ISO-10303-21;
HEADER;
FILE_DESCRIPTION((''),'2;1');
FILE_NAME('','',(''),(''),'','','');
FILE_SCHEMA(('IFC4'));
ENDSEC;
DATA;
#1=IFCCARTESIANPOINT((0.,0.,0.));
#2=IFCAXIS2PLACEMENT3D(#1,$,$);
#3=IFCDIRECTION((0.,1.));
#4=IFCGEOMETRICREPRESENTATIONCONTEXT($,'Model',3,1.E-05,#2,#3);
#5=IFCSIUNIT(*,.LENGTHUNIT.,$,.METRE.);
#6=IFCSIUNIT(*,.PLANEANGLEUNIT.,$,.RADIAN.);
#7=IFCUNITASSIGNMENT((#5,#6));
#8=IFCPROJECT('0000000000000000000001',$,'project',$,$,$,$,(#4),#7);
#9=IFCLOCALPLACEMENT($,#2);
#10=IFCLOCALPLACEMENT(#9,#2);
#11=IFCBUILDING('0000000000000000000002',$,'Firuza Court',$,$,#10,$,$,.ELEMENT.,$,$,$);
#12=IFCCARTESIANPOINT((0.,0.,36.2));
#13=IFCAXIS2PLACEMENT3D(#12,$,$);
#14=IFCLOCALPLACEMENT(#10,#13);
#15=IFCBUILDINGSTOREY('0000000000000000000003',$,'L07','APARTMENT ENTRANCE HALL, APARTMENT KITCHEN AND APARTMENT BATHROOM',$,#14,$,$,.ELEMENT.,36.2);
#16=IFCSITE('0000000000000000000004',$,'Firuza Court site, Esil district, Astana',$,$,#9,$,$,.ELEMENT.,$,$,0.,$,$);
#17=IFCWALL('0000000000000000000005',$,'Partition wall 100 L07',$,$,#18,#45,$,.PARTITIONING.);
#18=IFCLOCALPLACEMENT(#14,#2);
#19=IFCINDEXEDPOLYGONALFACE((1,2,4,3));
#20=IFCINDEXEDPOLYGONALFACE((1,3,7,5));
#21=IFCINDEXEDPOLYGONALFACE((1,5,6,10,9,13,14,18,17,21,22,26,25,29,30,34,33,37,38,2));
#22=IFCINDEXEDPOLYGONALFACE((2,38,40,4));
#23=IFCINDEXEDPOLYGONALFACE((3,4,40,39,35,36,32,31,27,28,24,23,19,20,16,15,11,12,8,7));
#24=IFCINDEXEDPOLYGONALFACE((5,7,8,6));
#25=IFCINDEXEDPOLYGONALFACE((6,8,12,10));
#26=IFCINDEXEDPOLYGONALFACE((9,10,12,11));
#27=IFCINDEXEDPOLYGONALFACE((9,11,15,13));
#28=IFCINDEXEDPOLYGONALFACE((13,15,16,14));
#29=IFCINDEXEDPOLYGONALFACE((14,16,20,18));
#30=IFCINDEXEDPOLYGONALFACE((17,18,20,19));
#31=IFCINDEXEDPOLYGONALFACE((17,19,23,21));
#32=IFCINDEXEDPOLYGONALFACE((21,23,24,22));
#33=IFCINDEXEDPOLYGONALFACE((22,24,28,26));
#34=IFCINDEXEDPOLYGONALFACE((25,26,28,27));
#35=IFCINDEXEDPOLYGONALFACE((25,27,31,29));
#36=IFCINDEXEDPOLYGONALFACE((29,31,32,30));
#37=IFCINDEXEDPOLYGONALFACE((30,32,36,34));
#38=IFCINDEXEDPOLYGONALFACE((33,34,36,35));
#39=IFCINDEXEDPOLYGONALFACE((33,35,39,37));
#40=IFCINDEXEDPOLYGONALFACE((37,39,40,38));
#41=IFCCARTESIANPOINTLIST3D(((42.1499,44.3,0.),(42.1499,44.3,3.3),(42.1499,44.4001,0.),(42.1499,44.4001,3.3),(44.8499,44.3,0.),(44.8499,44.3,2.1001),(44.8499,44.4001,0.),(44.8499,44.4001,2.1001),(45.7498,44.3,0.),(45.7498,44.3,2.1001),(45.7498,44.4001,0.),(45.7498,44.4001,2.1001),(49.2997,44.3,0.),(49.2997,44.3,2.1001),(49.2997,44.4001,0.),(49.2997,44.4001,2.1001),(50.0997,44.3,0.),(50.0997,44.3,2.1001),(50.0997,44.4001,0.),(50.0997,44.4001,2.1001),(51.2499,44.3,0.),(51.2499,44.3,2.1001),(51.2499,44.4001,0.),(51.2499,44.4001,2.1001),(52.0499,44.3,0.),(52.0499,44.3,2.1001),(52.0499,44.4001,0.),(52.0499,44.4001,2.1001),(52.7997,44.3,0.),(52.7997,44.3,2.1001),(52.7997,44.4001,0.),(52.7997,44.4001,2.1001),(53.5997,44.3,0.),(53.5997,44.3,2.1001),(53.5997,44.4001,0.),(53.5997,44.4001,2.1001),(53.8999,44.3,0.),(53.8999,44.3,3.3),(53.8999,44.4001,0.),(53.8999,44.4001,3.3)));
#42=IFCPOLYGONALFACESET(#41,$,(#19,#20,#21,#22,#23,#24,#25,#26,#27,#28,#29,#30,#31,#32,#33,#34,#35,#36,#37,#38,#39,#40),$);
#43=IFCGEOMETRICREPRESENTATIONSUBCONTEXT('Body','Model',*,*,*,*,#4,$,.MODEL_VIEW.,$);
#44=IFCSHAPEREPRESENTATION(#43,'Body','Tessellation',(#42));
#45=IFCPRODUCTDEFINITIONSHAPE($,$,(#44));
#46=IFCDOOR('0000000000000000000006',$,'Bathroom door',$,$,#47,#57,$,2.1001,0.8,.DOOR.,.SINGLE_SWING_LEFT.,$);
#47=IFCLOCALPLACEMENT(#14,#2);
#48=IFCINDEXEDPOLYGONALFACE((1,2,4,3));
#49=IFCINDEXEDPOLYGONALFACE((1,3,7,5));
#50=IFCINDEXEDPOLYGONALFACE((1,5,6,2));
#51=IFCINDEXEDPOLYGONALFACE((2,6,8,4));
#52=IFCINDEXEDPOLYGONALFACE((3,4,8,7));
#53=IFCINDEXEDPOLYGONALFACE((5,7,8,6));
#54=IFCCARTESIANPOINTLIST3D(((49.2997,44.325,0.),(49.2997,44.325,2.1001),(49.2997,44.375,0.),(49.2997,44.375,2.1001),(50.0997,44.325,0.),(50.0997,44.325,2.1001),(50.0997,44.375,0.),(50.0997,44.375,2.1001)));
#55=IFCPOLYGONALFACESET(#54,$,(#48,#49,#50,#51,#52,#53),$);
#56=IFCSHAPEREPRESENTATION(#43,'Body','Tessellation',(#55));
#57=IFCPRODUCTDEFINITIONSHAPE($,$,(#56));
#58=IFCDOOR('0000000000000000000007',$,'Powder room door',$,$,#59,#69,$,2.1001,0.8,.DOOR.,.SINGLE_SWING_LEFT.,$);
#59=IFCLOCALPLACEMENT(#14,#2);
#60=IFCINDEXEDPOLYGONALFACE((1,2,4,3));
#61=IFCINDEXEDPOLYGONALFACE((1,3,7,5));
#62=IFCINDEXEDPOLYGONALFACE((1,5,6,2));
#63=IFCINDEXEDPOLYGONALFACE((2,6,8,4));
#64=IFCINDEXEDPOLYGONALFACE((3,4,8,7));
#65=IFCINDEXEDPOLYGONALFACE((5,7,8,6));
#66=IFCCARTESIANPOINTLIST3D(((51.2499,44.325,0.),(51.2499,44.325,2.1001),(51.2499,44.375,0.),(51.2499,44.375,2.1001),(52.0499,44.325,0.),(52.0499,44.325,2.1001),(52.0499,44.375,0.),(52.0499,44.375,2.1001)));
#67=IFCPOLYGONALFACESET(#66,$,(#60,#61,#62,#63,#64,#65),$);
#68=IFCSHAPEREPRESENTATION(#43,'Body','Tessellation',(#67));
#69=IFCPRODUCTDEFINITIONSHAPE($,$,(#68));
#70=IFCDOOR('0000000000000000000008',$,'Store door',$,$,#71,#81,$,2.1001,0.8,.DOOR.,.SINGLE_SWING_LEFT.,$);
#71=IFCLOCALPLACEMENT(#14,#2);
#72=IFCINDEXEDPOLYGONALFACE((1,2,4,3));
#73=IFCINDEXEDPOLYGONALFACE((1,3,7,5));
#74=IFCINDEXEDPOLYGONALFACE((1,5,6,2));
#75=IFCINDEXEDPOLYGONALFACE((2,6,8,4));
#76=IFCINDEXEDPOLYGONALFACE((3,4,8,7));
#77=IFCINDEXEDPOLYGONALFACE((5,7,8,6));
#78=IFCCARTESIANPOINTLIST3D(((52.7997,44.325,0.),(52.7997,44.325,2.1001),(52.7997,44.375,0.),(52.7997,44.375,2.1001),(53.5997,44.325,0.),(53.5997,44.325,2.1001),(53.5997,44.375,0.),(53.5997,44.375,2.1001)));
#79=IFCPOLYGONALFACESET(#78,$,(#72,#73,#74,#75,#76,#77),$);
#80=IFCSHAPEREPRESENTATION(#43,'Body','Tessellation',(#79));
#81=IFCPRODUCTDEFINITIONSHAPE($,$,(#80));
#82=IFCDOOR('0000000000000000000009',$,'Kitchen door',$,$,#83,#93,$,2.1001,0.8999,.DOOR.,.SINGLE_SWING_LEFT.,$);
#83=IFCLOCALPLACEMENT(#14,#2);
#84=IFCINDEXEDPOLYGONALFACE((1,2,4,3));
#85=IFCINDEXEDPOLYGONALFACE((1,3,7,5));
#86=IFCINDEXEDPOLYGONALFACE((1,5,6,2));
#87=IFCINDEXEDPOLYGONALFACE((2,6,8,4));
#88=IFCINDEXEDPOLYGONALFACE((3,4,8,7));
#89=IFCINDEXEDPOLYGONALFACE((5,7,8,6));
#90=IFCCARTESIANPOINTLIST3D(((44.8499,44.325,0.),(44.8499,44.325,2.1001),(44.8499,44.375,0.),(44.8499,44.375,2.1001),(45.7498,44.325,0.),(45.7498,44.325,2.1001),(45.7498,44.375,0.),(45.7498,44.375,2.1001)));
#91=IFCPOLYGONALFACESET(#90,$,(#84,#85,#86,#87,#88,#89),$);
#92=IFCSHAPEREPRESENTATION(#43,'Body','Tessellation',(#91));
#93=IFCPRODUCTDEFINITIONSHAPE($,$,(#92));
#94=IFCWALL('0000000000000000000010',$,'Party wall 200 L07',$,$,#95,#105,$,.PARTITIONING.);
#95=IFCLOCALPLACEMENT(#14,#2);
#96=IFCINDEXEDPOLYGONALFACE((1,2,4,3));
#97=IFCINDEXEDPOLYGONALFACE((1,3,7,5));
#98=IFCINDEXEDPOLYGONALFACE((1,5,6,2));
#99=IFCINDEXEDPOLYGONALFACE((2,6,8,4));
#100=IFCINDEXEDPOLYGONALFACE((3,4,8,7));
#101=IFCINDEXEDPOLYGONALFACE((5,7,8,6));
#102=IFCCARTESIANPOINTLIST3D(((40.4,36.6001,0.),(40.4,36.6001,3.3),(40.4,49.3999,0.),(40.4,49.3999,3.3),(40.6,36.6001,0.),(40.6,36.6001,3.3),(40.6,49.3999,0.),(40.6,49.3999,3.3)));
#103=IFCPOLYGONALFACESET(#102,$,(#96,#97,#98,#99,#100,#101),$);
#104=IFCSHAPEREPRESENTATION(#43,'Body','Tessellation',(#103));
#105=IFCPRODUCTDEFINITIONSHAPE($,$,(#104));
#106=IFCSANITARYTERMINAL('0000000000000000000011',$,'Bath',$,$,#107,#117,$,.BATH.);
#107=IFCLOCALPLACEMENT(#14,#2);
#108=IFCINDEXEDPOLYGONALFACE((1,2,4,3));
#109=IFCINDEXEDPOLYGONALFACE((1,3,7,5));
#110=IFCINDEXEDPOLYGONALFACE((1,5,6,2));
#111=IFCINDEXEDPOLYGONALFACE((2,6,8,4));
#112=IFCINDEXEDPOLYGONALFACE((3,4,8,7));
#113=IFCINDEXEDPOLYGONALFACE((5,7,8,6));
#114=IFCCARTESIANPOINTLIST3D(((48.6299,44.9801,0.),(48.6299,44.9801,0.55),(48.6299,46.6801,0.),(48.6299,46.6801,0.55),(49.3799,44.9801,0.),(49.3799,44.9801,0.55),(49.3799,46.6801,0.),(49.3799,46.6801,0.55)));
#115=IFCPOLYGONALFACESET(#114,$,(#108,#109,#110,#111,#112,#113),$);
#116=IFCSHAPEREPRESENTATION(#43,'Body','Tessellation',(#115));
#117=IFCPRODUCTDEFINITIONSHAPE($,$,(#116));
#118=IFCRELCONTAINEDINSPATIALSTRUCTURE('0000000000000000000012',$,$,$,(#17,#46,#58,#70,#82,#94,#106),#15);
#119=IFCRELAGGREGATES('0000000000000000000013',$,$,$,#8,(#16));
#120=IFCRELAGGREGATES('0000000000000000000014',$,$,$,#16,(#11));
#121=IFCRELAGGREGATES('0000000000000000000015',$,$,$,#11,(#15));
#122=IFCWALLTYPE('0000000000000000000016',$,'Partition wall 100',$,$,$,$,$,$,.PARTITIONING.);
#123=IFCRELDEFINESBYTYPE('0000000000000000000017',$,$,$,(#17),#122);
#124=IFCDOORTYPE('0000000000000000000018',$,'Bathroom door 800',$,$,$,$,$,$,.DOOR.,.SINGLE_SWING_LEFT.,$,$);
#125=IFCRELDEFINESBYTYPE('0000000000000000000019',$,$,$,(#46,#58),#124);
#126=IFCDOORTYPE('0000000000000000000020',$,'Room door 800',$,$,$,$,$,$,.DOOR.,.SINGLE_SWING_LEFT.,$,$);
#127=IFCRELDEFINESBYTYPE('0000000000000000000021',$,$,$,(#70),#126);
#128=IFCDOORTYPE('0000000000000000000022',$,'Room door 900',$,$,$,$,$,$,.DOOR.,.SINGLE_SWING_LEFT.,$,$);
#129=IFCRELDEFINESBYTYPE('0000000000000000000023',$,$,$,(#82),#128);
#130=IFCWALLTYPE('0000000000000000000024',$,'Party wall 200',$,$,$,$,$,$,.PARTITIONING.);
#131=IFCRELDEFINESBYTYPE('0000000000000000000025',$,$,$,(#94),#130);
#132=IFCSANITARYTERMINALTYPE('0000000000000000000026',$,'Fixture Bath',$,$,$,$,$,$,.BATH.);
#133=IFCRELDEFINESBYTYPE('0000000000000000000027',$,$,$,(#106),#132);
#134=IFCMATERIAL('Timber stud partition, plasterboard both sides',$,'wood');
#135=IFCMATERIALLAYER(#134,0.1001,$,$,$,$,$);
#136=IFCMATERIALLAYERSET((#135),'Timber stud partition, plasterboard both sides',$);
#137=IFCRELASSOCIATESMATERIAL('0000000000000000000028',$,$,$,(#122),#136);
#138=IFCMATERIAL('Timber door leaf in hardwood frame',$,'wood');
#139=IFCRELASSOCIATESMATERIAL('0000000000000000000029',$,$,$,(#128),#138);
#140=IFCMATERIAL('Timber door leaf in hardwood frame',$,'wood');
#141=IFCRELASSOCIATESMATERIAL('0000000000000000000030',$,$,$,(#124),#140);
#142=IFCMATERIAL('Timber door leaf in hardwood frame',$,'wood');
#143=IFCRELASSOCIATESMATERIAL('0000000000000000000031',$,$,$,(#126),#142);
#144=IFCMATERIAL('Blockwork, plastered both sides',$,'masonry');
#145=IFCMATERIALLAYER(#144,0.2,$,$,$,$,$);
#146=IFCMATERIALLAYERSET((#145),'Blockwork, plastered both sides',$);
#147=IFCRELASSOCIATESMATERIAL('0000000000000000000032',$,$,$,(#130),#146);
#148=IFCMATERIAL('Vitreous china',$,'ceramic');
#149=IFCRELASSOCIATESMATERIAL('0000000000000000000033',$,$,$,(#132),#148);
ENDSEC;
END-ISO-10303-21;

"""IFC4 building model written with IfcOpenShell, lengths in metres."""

from ifc_helpers import new_model, si_unit, direction, frame, frame_2d, origin, origin_2d, place, context, subcontext, project, spatial, rectangle, extrude, material, layer, layer_set, type_object, element, fill, save


model = new_model("IFC4")

# Units and contexts
model_context = context("Model", 3, precision=1e-05, world=origin(), true_north=direction((0.0, 1.0)))
body_context = subcontext(model_context, "Body", "Model", "MODEL_VIEW")
ifc_project = project(units=[si_unit("LENGTHUNIT", "METRE"), si_unit("PLANEANGLEUNIT", "RADIAN")], contexts=[model_context])

# Site, building, storey
site_placement = place(None, origin())
site = spatial("IfcSite", under=ifc_project, at=site_placement, Name="Firuza Court site, Esil district, Astana", CompositionType="ELEMENT", RefElevation=0.0)
building_placement = place(site_placement, origin())
building = spatial("IfcBuilding", under=site, at=building_placement, Name="Firuza Court", CompositionType="ELEMENT")
storey_placement = place(building_placement, frame((0.0, 0.0, 36.2)))
storey = spatial("IfcBuildingStorey", under=building, at=storey_placement, Name="L07", Description="APARTMENT ENTRANCE HALL, APARTMENT KITCHEN AND APARTMENT BATHROOM", CompositionType="ELEMENT", Elevation=36.2)

# Shared definitions
ifc_material_1 = material(Name="Timber stud partition, plasterboard both sides", Category="wood")
ifc_layer_1 = layer(ifc_material_1, 0.1001)
ifc_layer_set_1 = layer_set([ifc_layer_1], Name="Timber stud partition, plasterboard both sides")
wall_type_1 = type_object("IfcWallType", Name="Partition wall 100", PredefinedType="PARTITIONING", material=ifc_layer_set_1)
ifc_material_2 = material(Name="Timber door leaf in hardwood frame", Category="wood")
door_type_1 = type_object("IfcDoorType", Name="Room door 900", OperationType="SINGLE_SWING_LEFT", PredefinedType="DOOR", material=ifc_material_2)

# Wall, openings, doors
wall_1_placement = place(storey_placement, frame((42.1499, 44.3501, 0.0), z_axis=(0.0, 0.0, 1.0), x_axis=(1.0, 0.0, 0.0)))
wall_1 = element("IfcWall", 1, at=wall_1_placement, inside=storey, type_object=wall_type_1, Name="Partition wall 100 L07", PredefinedType="PARTITIONING", context=body_context, shape_type="SweptSolid", body=[
    extrude(rectangle(XDim=11.75, YDim=0.1001, at=frame_2d((5.875, 0.0))), origin(), (0.0, 0.0, 1.0), 3.3),
])
opening_1_placement = place(wall_1_placement, frame((7.1499, 0.0, 0.0)))
opening_1 = element("IfcOpeningElement", 2, at=opening_1_placement, cuts=wall_1, PredefinedType="OPENING", context=body_context, shape_type="SweptSolid", body=[
    extrude(rectangle(XDim=0.8, YDim=2.1001, at=frame_2d((0.3999, 1.05))), frame((0.0, 0.062, 0.0), z_axis=(0.0, -1.0, 0.0), x_axis=(1.0, 0.0, 0.0)), (0.0, 0.0, 1.0), 0.124),
])
opening_2_placement = place(wall_1_placement, frame((2.7, 0.0, 0.0)))
opening_2 = element("IfcOpeningElement", 3, at=opening_2_placement, cuts=wall_1, PredefinedType="OPENING", context=body_context, shape_type="SweptSolid", body=[
    extrude(rectangle(XDim=0.8999, YDim=2.1001, at=frame_2d((0.45, 1.05))), frame((0.0, 0.062, 0.0), z_axis=(0.0, -1.0, 0.0), x_axis=(1.0, 0.0, 0.0)), (0.0, 0.0, 1.0), 0.124),
])
opening_3_placement = place(wall_1_placement, frame((10.6499, 0.0, 0.0)))
opening_3 = element("IfcOpeningElement", 4, at=opening_3_placement, cuts=wall_1, PredefinedType="OPENING", context=body_context, shape_type="SweptSolid", body=[
    extrude(rectangle(XDim=0.8, YDim=2.1001, at=frame_2d((0.3999, 1.05))), frame((0.0, 0.062, 0.0), z_axis=(0.0, -1.0, 0.0), x_axis=(1.0, 0.0, 0.0)), (0.0, 0.0, 1.0), 0.124),
])
opening_4_placement = place(wall_1_placement, frame((9.1001, 0.0, 0.0)))
opening_4 = element("IfcOpeningElement", 5, at=opening_4_placement, cuts=wall_1, PredefinedType="OPENING", context=body_context, shape_type="SweptSolid", body=[
    extrude(rectangle(XDim=0.8, YDim=2.1001, at=frame_2d((0.3999, 1.05))), frame((0.0, 0.062, 0.0), z_axis=(0.0, -1.0, 0.0), x_axis=(1.0, 0.0, 0.0)), (0.0, 0.0, 1.0), 0.124),
])
ifc_material_3 = material(Name="Timber door leaf in hardwood frame", Category="wood")
door_type_2 = type_object("IfcDoorType", Name="Bathroom door 800", OperationType="SINGLE_SWING_LEFT", PredefinedType="DOOR", material=ifc_material_3)
door_1_placement = place(opening_1_placement, origin())
door_1 = element("IfcDoor", 6, at=door_1_placement, inside=storey, type_object=door_type_2, Name="Bathroom door", OperationType="SINGLE_SWING_LEFT", OverallHeight=2.1001, OverallWidth=0.8, PredefinedType="DOOR", context=body_context, shape_type="SweptSolid", body=[
    extrude(rectangle(XDim=0.8, YDim=2.1001, at=frame_2d((0.3999, 1.05))), frame((0.0, 0.0249, 0.0), z_axis=(0.0, -1.0, 0.0), x_axis=(1.0, 0.0, 0.0)), (0.0, 0.0, 1.0), 0.05),
])
fill(opening_1, door_1)
door_2_placement = place(opening_4_placement, origin())
door_2 = element("IfcDoor", 7, at=door_2_placement, inside=storey, type_object=door_type_2, Name="Powder room door", OperationType="SINGLE_SWING_LEFT", OverallHeight=2.1001, OverallWidth=0.8, PredefinedType="DOOR", context=body_context, shape_type="SweptSolid", body=[
    extrude(rectangle(XDim=0.8, YDim=2.1001, at=frame_2d((0.3999, 1.05))), frame((0.0, 0.0249, 0.0), z_axis=(0.0, -1.0, 0.0), x_axis=(1.0, 0.0, 0.0)), (0.0, 0.0, 1.0), 0.05),
])
fill(opening_4, door_2)
ifc_material_4 = material(Name="Timber door leaf in hardwood frame", Category="wood")
door_type_3 = type_object("IfcDoorType", Name="Room door 800", OperationType="SINGLE_SWING_LEFT", PredefinedType="DOOR", material=ifc_material_4)
door_3_placement = place(opening_3_placement, origin())
door_3 = element("IfcDoor", 8, at=door_3_placement, inside=storey, type_object=door_type_3, Name="Store door", OperationType="SINGLE_SWING_LEFT", OverallHeight=2.1001, OverallWidth=0.8, PredefinedType="DOOR", context=body_context, shape_type="SweptSolid", body=[
    extrude(rectangle(XDim=0.8, YDim=2.1001, at=frame_2d((0.3999, 1.05))), frame((0.0, 0.0249, 0.0), z_axis=(0.0, -1.0, 0.0), x_axis=(1.0, 0.0, 0.0)), (0.0, 0.0, 1.0), 0.05),
])
fill(opening_3, door_3)
door_4_placement = place(opening_2_placement, origin())
door_4 = element("IfcDoor", 9, at=door_4_placement, inside=storey, type_object=door_type_1, Name="Kitchen door", OperationType="SINGLE_SWING_LEFT", OverallHeight=2.1001, OverallWidth=0.8999, PredefinedType="DOOR", context=body_context, shape_type="SweptSolid", body=[
    extrude(rectangle(XDim=0.8999, YDim=2.1001, at=frame_2d((0.45, 1.05))), frame((0.0, 0.0249, 0.0), z_axis=(0.0, -1.0, 0.0), x_axis=(1.0, 0.0, 0.0)), (0.0, 0.0, 1.0), 0.05),
])
fill(opening_2, door_4)

# Wall
ifc_material_5 = material(Name="Blockwork, plastered both sides", Category="masonry")
ifc_layer_2 = layer(ifc_material_5, 0.2)
ifc_layer_set_2 = layer_set([ifc_layer_2], Name="Blockwork, plastered both sides")
wall_type_2 = type_object("IfcWallType", Name="Party wall 200", PredefinedType="PARTITIONING", material=ifc_layer_set_2)
wall_2_placement = place(storey_placement, frame((40.5, 36.6001, 0.0), z_axis=(0.0, 0.0, 1.0), x_axis=(0.0, 1.0, 0.0)))
element("IfcWall", 10, at=wall_2_placement, inside=storey, type_object=wall_type_2, Name="Party wall 200 L07", PredefinedType="PARTITIONING", context=body_context, shape_type="SweptSolid", body=[
    extrude(rectangle(XDim=12.7998, YDim=0.2, at=frame_2d((6.3999, 0.0))), origin(), (0.0, 0.0, 1.0), 3.3),
])

# Sanitary terminal
ifc_material_6 = material(Name="Vitreous china", Category="ceramic")
sanitary_terminal_type = type_object("IfcSanitaryTerminalType", Name="Fixture Bath", PredefinedType="BATH", material=ifc_material_6)
sanitary_terminal_placement = place(storey_placement, frame((49.0049, 45.8301, 0.0), z_axis=(0.0, 0.0, 1.0), x_axis=(1.0, 0.0, 0.0)))
element("IfcSanitaryTerminal", 11, at=sanitary_terminal_placement, inside=storey, type_object=sanitary_terminal_type, Name="Bath", PredefinedType="BATH", context=body_context, shape_type="SweptSolid", body=[
    extrude(rectangle(XDim=0.75, YDim=1.7, at=origin_2d()), origin(), (0.0, 0.0, 1.0), 0.55),
])

save(model, "model.ifc")
